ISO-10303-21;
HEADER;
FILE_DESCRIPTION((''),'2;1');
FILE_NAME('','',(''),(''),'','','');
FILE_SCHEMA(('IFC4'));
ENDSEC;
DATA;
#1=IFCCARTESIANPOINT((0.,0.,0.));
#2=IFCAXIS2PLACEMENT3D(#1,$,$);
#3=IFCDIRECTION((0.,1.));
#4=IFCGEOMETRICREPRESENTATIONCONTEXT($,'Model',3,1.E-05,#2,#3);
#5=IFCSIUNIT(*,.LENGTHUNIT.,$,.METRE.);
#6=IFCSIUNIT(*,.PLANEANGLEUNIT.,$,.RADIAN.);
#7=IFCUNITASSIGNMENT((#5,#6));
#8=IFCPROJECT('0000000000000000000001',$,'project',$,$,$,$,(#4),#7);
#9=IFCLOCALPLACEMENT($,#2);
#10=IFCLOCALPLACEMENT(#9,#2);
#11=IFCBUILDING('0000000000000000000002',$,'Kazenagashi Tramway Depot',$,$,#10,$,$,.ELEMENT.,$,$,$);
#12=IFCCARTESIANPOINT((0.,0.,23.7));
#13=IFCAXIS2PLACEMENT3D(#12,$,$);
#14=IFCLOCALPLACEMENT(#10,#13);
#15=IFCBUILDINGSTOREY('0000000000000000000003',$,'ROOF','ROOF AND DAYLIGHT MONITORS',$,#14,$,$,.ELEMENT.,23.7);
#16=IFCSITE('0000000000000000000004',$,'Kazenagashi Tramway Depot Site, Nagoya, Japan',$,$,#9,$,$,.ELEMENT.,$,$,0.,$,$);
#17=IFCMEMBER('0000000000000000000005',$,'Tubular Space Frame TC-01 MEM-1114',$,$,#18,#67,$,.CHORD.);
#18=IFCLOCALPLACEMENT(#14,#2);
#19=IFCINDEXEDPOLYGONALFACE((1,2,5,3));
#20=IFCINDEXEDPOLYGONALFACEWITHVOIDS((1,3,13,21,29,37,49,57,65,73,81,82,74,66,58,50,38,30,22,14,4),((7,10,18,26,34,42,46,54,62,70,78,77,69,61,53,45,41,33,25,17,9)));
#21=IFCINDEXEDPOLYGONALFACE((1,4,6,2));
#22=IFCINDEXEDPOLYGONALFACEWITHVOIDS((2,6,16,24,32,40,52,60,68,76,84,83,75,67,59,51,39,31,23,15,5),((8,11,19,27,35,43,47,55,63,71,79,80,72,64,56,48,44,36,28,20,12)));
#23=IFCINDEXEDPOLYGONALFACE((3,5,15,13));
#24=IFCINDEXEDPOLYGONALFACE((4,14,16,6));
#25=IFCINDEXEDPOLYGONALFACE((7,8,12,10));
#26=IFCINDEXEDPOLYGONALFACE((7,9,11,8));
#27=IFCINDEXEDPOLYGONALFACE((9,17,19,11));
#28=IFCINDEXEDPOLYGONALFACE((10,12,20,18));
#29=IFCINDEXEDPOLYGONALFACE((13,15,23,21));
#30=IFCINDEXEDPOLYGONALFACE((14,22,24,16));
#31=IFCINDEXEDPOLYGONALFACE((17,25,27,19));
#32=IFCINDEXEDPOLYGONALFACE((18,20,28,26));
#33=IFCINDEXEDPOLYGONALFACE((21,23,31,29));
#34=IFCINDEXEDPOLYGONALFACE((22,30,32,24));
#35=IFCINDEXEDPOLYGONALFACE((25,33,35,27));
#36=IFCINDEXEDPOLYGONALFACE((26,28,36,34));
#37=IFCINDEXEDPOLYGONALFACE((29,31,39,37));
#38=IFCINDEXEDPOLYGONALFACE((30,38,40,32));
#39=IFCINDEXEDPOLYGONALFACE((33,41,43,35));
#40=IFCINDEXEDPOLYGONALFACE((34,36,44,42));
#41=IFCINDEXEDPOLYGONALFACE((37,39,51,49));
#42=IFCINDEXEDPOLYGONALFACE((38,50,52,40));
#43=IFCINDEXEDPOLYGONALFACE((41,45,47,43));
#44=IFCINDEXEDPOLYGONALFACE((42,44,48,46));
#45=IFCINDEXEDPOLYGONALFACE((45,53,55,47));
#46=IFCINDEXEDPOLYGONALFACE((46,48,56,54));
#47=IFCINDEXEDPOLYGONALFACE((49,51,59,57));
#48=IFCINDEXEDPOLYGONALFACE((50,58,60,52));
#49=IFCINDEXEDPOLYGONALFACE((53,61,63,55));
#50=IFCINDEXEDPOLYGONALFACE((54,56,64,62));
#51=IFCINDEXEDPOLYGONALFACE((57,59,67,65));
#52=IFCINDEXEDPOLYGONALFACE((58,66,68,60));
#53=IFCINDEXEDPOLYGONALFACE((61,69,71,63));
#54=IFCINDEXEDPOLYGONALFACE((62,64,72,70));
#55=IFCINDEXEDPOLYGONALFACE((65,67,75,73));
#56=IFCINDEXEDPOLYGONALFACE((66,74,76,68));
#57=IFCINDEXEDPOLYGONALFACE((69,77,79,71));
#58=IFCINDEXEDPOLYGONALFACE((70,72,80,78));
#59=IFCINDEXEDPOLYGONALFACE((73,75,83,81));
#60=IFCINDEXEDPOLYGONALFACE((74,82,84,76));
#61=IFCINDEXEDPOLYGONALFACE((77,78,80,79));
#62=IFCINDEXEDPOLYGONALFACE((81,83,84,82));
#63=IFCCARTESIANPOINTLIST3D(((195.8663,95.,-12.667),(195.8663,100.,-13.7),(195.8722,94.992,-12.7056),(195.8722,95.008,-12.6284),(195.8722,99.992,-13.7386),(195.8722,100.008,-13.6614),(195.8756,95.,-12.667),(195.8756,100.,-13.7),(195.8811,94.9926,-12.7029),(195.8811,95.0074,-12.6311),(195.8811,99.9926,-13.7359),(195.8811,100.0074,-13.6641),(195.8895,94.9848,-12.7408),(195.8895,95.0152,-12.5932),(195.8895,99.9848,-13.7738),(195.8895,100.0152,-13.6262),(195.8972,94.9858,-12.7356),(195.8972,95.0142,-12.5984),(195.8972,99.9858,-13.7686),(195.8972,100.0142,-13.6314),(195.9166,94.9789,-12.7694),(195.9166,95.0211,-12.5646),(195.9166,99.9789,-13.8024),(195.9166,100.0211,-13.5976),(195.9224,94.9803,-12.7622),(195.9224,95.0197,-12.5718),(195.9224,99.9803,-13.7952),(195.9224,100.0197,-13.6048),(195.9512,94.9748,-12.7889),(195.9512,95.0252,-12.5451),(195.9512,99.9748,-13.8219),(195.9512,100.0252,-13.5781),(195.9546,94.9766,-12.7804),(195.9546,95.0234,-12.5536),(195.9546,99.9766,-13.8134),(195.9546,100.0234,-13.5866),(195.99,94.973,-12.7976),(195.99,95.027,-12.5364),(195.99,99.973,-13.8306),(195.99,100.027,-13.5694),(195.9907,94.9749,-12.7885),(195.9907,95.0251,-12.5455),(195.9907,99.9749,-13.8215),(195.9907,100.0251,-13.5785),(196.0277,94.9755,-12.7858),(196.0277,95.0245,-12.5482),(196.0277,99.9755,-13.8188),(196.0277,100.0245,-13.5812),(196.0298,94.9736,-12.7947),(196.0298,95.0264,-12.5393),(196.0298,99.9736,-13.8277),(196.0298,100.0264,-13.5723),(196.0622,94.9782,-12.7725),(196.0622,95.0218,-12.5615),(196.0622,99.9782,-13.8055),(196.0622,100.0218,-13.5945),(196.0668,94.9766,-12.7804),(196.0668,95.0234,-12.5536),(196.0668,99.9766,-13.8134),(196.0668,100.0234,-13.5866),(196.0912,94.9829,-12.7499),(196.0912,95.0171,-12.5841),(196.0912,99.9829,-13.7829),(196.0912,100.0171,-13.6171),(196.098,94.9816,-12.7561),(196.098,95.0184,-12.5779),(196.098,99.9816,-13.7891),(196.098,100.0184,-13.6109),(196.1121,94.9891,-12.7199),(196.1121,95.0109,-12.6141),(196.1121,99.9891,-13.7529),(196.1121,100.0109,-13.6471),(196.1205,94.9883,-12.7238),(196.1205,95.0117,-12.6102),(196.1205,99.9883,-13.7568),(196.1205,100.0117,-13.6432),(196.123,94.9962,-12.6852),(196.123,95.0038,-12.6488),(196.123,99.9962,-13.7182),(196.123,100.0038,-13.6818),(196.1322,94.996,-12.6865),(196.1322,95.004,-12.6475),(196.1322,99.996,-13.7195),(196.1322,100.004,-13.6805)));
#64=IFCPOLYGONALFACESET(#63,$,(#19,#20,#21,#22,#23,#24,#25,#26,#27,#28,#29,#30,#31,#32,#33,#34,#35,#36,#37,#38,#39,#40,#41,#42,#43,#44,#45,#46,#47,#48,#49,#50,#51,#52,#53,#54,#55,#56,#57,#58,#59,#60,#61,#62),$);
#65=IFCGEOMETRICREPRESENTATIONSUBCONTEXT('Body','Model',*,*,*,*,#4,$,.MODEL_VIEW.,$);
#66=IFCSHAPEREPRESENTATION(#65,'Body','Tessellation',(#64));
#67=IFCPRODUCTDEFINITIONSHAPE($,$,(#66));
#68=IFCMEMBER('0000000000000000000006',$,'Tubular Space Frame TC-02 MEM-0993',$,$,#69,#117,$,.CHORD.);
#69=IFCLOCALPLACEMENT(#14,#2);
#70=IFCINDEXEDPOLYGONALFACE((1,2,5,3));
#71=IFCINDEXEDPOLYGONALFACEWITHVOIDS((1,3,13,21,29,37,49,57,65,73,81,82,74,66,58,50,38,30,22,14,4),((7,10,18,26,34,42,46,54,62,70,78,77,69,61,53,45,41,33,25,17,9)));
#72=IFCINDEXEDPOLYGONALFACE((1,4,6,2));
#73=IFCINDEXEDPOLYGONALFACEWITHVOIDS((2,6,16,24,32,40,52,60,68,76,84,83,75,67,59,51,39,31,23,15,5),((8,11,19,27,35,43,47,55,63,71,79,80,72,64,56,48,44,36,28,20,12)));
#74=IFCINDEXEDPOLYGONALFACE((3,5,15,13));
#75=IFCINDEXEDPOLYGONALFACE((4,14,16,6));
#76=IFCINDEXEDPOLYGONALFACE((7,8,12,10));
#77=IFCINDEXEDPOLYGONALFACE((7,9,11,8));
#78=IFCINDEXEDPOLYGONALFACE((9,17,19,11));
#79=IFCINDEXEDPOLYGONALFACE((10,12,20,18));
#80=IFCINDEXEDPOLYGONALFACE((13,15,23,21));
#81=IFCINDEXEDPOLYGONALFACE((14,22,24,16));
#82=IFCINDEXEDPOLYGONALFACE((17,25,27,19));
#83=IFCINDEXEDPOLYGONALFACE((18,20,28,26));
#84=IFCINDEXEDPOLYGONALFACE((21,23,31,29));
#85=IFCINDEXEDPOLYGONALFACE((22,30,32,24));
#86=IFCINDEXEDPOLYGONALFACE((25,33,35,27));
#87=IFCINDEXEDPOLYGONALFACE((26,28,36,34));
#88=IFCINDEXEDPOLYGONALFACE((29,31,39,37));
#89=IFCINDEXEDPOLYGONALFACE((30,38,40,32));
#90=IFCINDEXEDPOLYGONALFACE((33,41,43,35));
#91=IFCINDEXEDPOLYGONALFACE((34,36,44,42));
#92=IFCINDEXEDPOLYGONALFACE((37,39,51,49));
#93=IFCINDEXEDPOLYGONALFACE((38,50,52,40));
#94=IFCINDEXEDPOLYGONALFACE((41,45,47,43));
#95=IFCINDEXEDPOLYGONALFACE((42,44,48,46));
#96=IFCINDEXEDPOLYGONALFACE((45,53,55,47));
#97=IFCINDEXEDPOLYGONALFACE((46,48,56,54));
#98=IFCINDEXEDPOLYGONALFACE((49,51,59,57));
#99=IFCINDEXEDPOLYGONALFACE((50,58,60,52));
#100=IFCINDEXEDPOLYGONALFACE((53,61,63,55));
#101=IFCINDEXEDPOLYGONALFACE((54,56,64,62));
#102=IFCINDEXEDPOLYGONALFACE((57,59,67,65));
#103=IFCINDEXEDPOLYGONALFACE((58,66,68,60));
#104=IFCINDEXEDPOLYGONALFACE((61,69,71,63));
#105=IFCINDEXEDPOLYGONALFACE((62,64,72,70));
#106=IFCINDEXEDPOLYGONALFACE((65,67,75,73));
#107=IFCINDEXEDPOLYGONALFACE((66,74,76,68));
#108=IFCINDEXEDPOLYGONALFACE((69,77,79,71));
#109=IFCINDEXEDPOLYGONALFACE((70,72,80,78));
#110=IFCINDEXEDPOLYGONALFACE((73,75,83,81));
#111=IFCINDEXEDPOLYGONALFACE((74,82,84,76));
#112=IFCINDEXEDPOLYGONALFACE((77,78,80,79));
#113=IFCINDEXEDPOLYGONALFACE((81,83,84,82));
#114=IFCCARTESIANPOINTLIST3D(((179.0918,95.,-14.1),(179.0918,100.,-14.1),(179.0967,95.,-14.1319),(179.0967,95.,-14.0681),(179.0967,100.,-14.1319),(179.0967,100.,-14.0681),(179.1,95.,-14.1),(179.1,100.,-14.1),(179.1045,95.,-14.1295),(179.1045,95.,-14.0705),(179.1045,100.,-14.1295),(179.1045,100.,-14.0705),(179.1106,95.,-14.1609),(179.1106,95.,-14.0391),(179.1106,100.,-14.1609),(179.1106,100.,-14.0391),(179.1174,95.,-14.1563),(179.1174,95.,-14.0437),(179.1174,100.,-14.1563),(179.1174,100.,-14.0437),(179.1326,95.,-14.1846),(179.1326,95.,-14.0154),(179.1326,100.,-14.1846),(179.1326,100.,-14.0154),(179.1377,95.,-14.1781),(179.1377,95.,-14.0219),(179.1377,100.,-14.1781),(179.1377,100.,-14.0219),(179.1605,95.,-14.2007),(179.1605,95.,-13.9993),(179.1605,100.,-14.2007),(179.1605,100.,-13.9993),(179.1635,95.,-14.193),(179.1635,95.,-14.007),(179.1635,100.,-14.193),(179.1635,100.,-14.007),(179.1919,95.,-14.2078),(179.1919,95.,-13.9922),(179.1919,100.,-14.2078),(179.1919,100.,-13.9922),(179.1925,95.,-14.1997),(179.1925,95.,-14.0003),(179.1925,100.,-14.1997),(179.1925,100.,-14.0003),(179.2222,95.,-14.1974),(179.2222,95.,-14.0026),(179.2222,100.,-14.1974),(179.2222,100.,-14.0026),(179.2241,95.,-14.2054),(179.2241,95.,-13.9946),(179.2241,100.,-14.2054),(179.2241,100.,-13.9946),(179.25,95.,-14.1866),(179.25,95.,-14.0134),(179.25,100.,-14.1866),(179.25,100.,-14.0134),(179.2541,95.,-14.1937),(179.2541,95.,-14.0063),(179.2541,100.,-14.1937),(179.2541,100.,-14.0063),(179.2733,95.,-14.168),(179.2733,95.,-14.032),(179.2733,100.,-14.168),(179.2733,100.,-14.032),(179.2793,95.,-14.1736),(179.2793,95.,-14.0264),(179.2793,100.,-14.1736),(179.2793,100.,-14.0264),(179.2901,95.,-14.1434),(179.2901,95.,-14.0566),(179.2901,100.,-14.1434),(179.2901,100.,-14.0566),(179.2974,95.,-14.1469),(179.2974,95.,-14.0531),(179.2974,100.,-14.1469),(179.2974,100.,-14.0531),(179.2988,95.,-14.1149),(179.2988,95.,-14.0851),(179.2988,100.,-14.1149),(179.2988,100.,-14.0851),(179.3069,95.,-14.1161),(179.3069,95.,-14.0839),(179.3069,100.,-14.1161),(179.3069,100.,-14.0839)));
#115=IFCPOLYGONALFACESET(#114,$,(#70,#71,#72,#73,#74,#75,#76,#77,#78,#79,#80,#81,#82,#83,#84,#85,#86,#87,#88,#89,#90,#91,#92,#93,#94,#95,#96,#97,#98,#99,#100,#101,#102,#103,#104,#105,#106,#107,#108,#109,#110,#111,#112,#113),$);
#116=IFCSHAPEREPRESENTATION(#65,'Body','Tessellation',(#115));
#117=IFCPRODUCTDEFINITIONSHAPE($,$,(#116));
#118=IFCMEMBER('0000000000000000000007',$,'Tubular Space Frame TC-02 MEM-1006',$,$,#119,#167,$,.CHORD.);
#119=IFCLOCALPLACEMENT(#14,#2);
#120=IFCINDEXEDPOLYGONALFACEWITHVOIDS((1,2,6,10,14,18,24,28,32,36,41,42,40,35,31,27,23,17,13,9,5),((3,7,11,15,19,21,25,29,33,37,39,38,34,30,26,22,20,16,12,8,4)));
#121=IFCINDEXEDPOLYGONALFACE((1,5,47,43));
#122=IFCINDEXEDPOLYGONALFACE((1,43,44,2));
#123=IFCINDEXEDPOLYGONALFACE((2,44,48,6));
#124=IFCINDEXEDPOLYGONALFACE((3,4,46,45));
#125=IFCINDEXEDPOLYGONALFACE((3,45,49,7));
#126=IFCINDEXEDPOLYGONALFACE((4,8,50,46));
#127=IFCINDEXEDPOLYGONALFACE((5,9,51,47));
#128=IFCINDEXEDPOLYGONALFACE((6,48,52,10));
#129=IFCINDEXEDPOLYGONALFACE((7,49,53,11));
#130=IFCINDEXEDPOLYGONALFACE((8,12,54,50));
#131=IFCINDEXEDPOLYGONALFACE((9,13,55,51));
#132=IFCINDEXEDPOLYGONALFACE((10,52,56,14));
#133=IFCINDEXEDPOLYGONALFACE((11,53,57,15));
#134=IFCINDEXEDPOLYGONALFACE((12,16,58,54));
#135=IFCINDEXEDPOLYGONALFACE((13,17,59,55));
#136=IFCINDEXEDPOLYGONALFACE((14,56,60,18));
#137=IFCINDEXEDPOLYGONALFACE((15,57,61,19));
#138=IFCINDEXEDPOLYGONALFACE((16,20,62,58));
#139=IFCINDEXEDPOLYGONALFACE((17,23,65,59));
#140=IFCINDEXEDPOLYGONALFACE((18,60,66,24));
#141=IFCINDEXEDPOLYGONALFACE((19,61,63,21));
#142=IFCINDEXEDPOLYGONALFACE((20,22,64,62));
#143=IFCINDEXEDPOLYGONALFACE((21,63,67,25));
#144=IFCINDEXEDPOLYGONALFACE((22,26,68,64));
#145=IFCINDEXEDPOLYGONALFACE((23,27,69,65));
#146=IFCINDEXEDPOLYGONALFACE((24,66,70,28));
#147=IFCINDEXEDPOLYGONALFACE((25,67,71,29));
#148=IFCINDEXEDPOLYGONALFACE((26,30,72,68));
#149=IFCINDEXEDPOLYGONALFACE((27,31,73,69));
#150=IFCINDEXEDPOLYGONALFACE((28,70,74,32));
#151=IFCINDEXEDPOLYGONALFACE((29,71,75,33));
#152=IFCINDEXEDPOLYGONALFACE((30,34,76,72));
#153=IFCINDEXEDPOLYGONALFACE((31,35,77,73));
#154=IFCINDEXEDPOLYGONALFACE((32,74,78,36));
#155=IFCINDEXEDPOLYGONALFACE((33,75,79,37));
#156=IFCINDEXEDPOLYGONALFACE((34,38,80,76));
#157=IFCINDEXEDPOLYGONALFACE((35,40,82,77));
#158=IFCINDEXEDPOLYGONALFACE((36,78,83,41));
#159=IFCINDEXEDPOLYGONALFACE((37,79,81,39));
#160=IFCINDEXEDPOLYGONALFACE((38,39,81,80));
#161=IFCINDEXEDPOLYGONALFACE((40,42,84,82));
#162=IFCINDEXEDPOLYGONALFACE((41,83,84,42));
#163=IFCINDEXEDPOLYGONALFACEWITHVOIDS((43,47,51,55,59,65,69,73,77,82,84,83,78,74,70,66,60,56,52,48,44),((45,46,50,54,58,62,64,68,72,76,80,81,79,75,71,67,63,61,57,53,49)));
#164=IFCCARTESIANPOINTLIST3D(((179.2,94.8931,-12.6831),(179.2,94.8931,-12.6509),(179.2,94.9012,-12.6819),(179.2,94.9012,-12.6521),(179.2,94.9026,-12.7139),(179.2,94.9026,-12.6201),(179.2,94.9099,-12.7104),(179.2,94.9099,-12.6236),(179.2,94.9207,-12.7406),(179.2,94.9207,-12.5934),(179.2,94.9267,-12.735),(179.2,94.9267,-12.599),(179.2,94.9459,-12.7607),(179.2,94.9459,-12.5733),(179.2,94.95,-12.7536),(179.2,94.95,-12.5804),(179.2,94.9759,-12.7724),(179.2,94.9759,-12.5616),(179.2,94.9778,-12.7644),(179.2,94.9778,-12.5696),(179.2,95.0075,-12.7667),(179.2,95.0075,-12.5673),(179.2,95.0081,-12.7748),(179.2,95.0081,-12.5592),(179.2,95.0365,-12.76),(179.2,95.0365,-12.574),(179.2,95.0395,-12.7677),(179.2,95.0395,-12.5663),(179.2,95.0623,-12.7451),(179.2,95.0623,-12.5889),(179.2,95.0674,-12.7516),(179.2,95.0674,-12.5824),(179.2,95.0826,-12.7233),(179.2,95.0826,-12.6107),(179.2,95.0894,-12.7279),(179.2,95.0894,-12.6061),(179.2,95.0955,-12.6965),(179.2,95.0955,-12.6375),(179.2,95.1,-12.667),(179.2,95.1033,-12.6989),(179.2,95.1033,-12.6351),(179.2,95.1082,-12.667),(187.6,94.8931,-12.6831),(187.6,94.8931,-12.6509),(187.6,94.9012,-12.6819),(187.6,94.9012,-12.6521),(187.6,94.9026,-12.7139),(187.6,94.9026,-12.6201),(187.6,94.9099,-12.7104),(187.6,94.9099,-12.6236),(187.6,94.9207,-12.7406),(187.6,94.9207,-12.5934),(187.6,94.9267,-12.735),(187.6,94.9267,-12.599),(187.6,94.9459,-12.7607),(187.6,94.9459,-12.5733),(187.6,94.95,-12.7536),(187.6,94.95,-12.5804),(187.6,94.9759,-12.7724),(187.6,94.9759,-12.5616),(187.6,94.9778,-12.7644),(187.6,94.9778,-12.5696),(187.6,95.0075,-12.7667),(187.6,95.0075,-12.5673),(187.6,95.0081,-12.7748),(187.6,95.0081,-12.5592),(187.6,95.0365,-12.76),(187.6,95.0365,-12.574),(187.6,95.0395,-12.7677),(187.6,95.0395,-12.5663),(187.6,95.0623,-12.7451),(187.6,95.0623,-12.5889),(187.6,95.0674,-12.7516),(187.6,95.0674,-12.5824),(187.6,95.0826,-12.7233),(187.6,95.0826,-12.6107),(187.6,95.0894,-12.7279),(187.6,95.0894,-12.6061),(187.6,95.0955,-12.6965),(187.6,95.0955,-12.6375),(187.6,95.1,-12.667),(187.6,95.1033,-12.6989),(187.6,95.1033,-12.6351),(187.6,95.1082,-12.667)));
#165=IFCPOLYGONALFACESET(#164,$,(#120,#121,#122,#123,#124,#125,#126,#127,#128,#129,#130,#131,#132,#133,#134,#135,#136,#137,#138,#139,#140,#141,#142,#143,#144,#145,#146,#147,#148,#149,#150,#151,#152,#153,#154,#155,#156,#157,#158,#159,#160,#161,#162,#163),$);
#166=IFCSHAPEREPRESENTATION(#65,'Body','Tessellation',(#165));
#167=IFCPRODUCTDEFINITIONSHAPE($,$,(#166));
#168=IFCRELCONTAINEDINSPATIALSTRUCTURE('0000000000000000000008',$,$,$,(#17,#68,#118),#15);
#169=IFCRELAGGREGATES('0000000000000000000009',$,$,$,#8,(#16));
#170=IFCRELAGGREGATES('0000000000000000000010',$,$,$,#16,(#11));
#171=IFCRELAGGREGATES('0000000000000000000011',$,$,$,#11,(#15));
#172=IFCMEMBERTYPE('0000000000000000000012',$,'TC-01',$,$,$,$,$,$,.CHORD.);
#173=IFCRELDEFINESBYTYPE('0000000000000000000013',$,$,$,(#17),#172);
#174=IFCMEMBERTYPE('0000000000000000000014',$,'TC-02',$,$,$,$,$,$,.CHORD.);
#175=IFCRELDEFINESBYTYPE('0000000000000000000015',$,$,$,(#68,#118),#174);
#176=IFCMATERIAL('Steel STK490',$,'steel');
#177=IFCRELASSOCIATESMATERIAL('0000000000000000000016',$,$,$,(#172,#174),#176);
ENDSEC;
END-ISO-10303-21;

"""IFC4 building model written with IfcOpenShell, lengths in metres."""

from ifc_helpers import new_model, si_unit, direction, frame, origin, origin_2d, place, context, subcontext, project, spatial, hollow_circle, extrude, material, material_profile, profile_set, type_object, element, save


model = new_model("IFC4")

# Units and contexts
model_context = context("Model", 3, precision=1e-05, world=origin(), true_north=direction((0.0, 1.0)))
body_context = subcontext(model_context, "Body", "Model", "MODEL_VIEW")
ifc_project = project(units=[si_unit("LENGTHUNIT", "METRE"), si_unit("PLANEANGLEUNIT", "RADIAN")], contexts=[model_context])

# Site, building, storey
site_placement = place(None, origin())
site = spatial("IfcSite", under=ifc_project, at=site_placement, Name="Kazenagashi Tramway Depot Site, Nagoya, Japan", CompositionType="ELEMENT", RefElevation=0.0)
building_placement = place(site_placement, origin())
building = spatial("IfcBuilding", under=site, at=building_placement, Name="Kazenagashi Tramway Depot", CompositionType="ELEMENT")
storey_placement = place(building_placement, frame((0.0, 0.0, 23.7)))
storey = spatial("IfcBuildingStorey", under=building, at=storey_placement, Name="ROOF", Description="ROOF AND DAYLIGHT MONITORS", CompositionType="ELEMENT", Elevation=23.7)

# Members
ifc_material_1 = material(Name="Steel STK490", Category="steel")
ifc_material_profile_1 = material_profile(ifc_material_1, hollow_circle(Radius=0.1337, WallThickness=0.0093, at=origin_2d()), Name="CHS-267.4x9.3")
ifc_profile_set_1 = profile_set([ifc_material_profile_1], Name="Steel STK490")
member_type_1 = type_object("IfcMemberType", Name="TC-01", PredefinedType="CHORD", material=ifc_profile_set_1)
member_1_placement = place(storey_placement, frame((196.0, 95.0, -12.667), z_axis=(0.0, 0.979318, -0.202327), x_axis=(-1.0, 0.0, 0.0)))
element("IfcMember", 1, at=member_1_placement, inside=storey, type_object=member_type_1, Name="Tubular Space Frame TC-01 MEM-1114", PredefinedType="CHORD", context=body_context, shape_type="SweptSolid", body=[
    extrude(hollow_circle(Radius=0.1337, WallThickness=0.0093, at=origin_2d()), origin(), (0.0, 0.0, 1.0), 5.1056),
])
ifc_material_profile_2 = material_profile(ifc_material_1, hollow_circle(Radius=0.1081, WallThickness=0.0082, at=origin_2d()), Name="CHS-216.3x8.2")
ifc_profile_set_2 = profile_set([ifc_material_profile_2], Name="Steel STK490")
member_type_2 = type_object("IfcMemberType", Name="TC-02", PredefinedType="CHORD", material=ifc_profile_set_2)
member_2_placement = place(storey_placement, frame((179.2, 95.0, -14.1), z_axis=(0.0, 1.0, 0.0), x_axis=(-1.0, 0.0, 0.0)))
element("IfcMember", 2, at=member_2_placement, inside=storey, type_object=member_type_2, Name="Tubular Space Frame TC-02 MEM-0993", PredefinedType="CHORD", context=body_context, shape_type="SweptSolid", body=[
    extrude(hollow_circle(Radius=0.1081, WallThickness=0.0082, at=origin_2d()), origin(), (0.0, 0.0, 1.0), 5.0),
])
member_3_placement = place(storey_placement, frame((179.2, 95.0, -12.667), z_axis=(1.0, 0.0, 0.0), x_axis=(0.0, 1.0, 0.0)))
element("IfcMember", 3, at=member_3_placement, inside=storey, type_object=member_type_2, Name="Tubular Space Frame TC-02 MEM-1006", PredefinedType="CHORD", context=body_context, shape_type="SweptSolid", body=[
    extrude(hollow_circle(Radius=0.1081, WallThickness=0.0082, at=origin_2d()), origin(), (0.0, 0.0, 1.0), 8.4),
])

save(model, "model.ifc")
